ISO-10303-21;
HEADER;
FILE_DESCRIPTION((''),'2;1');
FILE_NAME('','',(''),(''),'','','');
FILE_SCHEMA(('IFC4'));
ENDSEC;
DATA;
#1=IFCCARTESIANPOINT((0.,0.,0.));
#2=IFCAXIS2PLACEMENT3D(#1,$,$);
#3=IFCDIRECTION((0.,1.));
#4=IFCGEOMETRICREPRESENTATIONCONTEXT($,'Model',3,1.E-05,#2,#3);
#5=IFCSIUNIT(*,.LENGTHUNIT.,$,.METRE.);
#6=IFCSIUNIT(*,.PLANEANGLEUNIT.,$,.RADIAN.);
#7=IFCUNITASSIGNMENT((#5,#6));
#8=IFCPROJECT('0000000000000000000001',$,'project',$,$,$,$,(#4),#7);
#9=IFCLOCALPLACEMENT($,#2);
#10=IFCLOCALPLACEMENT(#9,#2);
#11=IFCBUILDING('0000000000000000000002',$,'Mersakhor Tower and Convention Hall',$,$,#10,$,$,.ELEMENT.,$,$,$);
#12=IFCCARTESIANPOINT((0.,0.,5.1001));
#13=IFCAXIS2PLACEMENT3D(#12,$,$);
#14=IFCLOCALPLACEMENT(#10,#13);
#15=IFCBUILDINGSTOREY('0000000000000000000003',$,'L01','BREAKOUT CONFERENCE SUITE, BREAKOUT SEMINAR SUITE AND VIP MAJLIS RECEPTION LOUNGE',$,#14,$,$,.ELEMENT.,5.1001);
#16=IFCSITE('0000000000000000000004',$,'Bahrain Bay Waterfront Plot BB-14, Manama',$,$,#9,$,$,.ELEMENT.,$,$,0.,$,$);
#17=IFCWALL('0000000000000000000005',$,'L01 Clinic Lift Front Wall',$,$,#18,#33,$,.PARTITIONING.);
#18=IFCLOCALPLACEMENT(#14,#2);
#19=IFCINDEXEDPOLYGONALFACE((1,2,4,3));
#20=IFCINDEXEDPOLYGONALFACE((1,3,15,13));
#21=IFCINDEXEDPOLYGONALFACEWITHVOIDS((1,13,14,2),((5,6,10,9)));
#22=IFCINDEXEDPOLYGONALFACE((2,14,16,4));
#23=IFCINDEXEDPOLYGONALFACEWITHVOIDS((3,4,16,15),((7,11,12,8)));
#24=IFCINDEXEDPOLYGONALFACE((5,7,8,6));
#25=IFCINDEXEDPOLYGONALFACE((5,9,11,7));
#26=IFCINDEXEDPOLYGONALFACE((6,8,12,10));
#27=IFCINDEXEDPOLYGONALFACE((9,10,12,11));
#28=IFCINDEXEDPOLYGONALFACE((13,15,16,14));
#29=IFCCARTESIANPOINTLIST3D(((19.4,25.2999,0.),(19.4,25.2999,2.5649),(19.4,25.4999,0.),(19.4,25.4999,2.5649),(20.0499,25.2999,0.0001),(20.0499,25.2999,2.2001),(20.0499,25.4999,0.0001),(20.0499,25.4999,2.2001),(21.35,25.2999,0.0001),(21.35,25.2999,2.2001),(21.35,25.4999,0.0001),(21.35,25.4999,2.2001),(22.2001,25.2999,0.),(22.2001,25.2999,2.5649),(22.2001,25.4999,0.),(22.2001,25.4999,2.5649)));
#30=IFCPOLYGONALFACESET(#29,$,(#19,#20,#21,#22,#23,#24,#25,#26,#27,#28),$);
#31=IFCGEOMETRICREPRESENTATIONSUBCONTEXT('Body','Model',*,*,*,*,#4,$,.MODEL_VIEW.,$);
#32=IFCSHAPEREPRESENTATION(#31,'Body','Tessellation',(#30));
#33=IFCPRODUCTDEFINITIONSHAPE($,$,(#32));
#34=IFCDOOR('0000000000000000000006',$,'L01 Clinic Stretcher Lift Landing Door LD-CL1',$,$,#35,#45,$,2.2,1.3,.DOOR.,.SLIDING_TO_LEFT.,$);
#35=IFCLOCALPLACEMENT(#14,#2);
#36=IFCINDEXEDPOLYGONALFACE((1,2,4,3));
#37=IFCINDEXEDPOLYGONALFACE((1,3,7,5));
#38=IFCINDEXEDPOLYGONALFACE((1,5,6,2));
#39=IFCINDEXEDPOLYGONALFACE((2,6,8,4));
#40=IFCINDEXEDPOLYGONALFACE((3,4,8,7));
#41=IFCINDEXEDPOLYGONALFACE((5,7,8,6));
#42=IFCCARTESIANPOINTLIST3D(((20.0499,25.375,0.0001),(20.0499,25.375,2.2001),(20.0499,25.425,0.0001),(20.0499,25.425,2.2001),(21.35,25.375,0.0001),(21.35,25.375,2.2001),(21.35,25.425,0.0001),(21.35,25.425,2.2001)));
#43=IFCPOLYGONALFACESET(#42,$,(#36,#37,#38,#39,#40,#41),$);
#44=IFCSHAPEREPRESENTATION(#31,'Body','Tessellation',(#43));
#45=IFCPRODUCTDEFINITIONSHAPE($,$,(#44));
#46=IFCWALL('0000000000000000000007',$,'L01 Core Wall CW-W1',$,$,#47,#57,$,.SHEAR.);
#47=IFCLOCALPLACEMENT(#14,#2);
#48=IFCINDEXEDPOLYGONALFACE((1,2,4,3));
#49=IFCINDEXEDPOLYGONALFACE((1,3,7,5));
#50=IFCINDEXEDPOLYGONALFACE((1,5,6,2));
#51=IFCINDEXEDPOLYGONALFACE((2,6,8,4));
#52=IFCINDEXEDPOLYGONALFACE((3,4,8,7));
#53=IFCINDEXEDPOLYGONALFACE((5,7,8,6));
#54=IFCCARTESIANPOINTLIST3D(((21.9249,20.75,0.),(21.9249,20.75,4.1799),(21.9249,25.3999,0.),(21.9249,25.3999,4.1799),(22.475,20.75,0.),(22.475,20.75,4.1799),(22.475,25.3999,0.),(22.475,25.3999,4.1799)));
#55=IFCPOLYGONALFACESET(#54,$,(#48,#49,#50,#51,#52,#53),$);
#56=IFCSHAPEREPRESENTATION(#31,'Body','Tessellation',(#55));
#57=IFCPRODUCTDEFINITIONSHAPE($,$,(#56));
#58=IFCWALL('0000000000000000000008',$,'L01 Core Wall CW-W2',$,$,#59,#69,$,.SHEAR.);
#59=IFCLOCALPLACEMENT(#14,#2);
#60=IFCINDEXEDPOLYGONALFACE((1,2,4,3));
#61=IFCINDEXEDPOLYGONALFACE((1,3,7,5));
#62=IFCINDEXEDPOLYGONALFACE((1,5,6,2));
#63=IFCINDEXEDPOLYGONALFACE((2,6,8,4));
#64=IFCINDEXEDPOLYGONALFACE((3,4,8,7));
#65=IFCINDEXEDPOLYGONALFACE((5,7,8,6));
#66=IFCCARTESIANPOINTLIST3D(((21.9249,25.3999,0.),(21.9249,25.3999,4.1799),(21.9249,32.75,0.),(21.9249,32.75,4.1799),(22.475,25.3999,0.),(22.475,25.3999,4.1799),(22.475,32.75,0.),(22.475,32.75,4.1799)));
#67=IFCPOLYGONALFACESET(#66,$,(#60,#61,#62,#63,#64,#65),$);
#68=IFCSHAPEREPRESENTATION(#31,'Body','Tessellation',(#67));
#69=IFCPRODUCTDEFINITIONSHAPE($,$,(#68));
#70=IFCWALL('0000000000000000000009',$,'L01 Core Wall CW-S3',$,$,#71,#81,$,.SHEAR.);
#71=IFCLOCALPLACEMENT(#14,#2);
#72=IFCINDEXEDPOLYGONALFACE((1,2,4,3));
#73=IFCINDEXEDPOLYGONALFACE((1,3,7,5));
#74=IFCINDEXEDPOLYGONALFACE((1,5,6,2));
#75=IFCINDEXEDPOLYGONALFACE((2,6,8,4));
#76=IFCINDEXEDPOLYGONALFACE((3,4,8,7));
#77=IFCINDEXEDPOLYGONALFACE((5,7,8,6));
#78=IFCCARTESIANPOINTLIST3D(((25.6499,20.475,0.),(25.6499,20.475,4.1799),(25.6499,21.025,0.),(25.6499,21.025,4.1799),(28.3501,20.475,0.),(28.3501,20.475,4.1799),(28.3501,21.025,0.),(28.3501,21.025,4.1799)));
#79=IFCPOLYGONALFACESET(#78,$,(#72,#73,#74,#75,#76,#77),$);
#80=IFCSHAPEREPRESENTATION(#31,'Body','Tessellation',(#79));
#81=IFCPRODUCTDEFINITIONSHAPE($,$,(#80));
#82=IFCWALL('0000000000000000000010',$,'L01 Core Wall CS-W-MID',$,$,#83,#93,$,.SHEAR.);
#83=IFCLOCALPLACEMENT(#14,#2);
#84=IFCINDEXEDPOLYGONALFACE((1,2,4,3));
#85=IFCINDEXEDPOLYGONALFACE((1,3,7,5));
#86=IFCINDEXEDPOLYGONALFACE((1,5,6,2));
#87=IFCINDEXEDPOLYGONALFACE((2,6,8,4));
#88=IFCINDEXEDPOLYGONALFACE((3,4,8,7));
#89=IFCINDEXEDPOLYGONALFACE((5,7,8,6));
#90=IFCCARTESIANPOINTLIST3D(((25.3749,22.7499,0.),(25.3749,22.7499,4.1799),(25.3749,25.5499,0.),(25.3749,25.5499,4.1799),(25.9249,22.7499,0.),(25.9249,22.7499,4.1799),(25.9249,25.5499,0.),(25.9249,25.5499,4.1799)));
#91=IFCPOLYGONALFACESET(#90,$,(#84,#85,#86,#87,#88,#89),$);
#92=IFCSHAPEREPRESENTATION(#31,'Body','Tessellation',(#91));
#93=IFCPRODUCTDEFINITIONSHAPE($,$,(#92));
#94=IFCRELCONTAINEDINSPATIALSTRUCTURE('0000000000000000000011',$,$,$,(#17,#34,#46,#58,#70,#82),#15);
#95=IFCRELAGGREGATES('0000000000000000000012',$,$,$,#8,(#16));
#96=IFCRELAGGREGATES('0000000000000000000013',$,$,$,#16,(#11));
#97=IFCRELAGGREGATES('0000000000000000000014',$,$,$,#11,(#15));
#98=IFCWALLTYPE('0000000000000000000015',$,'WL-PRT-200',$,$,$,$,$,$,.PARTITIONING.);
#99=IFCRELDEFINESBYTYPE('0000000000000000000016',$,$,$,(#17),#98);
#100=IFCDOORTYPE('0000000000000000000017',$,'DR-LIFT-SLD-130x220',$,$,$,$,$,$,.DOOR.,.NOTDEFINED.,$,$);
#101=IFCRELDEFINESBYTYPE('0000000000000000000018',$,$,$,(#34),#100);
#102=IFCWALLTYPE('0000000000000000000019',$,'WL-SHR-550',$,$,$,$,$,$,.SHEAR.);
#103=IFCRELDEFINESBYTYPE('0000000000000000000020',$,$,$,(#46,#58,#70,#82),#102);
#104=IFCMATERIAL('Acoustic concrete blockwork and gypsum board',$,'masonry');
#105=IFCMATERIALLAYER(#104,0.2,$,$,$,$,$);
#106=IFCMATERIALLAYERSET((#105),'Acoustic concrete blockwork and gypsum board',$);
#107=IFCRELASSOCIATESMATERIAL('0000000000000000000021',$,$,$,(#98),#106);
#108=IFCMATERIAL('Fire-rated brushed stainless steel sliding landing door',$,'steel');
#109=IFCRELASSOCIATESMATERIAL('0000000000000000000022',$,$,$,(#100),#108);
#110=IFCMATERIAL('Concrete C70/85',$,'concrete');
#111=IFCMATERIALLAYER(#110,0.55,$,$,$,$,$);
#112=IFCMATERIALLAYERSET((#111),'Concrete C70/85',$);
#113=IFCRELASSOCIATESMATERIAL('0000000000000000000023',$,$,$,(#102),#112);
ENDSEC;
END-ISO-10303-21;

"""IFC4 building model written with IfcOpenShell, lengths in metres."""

from ifc_helpers import new_model, si_unit, direction, frame, frame_2d, origin, place, context, subcontext, project, spatial, rectangle, extrude, material, layer, layer_set, type_object, element, fill, save


model = new_model("IFC4")

# Units and contexts
model_context = context("Model", 3, precision=1e-05, world=origin(), true_north=direction((0.0, 1.0)))
body_context = subcontext(model_context, "Body", "Model", "MODEL_VIEW")
ifc_project = project(units=[si_unit("LENGTHUNIT", "METRE"), si_unit("PLANEANGLEUNIT", "RADIAN")], contexts=[model_context])

# Site, building, storey
site_placement = place(None, origin())
site = spatial("IfcSite", under=ifc_project, at=site_placement, Name="Bahrain Bay Waterfront Plot BB-14, Manama", CompositionType="ELEMENT", RefElevation=0.0)
building_placement = place(site_placement, origin())
building = spatial("IfcBuilding", under=site, at=building_placement, Name="Mersakhor Tower and Convention Hall", CompositionType="ELEMENT")
storey_placement = place(building_placement, frame((0.0, 0.0, 5.1001)))
storey = spatial("IfcBuildingStorey", under=building, at=storey_placement, Name="L01", Description="BREAKOUT CONFERENCE SUITE, BREAKOUT SEMINAR SUITE AND VIP MAJLIS RECEPTION LOUNGE", CompositionType="ELEMENT", Elevation=5.1001)

# Wall, opening, door
ifc_material_1 = material(Name="Acoustic concrete blockwork and gypsum board", Category="masonry")
ifc_layer_1 = layer(ifc_material_1, 0.2)
ifc_layer_set_1 = layer_set([ifc_layer_1], Name="Acoustic concrete blockwork and gypsum board")
wall_type_1 = type_object("IfcWallType", Name="WL-PRT-200", PredefinedType="PARTITIONING", material=ifc_layer_set_1)
wall_1_placement = place(storey_placement, frame((22.2, 25.3999, 0.0), z_axis=(0.0, 0.0, 1.0), x_axis=(-1.0, 0.0, 0.0)))
wall_1 = element("IfcWall", 1, at=wall_1_placement, inside=storey, type_object=wall_type_1, Name="L01 Clinic Lift Front Wall", PredefinedType="PARTITIONING", context=body_context, shape_type="SweptSolid", body=[
    extrude(rectangle(XDim=2.8, YDim=0.2, at=frame_2d((1.3999, 0.0))), origin(), (0.0, 0.0, 1.0), 2.5649),
])
opening_1_placement = place(wall_1_placement, frame((0.8501, 0.0, 0.0)))
opening_1 = element("IfcOpeningElement", 2, at=opening_1_placement, cuts=wall_1, PredefinedType="OPENING", context=body_context, shape_type="SweptSolid", body=[
    extrude(rectangle(XDim=1.3, YDim=2.2, at=frame_2d((0.6499, 1.1001))), frame((0.0, 0.1099, 0.0), z_axis=(0.0, -1.0, 0.0), x_axis=(1.0, 0.0, 0.0)), (0.0, 0.0, 1.0), 0.22),
])
ifc_material_2 = material(Name="Fire-rated brushed stainless steel sliding landing door", Category="steel")
door_type_1 = type_object("IfcDoorType", Name="DR-LIFT-SLD-130x220", OperationType="NOTDEFINED", PredefinedType="DOOR", material=ifc_material_2)
door_1_placement = place(opening_1_placement, origin())
door_1 = element("IfcDoor", 3, at=door_1_placement, inside=storey, type_object=door_type_1, Name="L01 Clinic Stretcher Lift Landing Door LD-CL1", OperationType="SLIDING_TO_LEFT", OverallHeight=2.2, OverallWidth=1.3, PredefinedType="DOOR", context=body_context, shape_type="SweptSolid", body=[
    extrude(rectangle(XDim=1.3, YDim=2.2, at=frame_2d((0.6499, 1.1001))), frame((0.0, 0.0249, 0.0), z_axis=(0.0, -1.0, 0.0), x_axis=(1.0, 0.0, 0.0)), (0.0, 0.0, 1.0), 0.05),
])
fill(opening_1, door_1)

# Walls
ifc_material_3 = material(Name="Concrete C70/85", Category="concrete")
ifc_layer_2 = layer(ifc_material_3, 0.55)
ifc_layer_set_2 = layer_set([ifc_layer_2], Name="Concrete C70/85")
wall_type_2 = type_object("IfcWallType", Name="WL-SHR-550", PredefinedType="SHEAR", material=ifc_layer_set_2)
wall_2_placement = place(storey_placement, frame((22.2, 20.75, 0.0), z_axis=(0.0, 0.0, 1.0), x_axis=(0.0, 1.0, 0.0)))
element("IfcWall", 4, at=wall_2_placement, inside=storey, type_object=wall_type_2, Name="L01 Core Wall CW-W1", PredefinedType="SHEAR", context=body_context, shape_type="SweptSolid", body=[
    extrude(rectangle(XDim=4.6499, YDim=0.55, at=frame_2d((2.325, 0.0))), origin(), (0.0, 0.0, 1.0), 4.1799),
])
wall_3_placement = place(storey_placement, frame((22.2, 25.3999, 0.0), z_axis=(0.0, 0.0, 1.0), x_axis=(0.0, 1.0, 0.0)))
element("IfcWall", 5, at=wall_3_placement, inside=storey, type_object=wall_type_2, Name="L01 Core Wall CW-W2", PredefinedType="SHEAR", context=body_context, shape_type="SweptSolid", body=[
    extrude(rectangle(XDim=7.3501, YDim=0.55, at=frame_2d((3.675, 0.0))), origin(), (0.0, 0.0, 1.0), 4.1799),
])
wall_4_placement = place(storey_placement, frame((28.3501, 20.75, 0.0), z_axis=(0.0, 0.0, 1.0), x_axis=(-1.0, 0.0, 0.0)))
element("IfcWall", 6, at=wall_4_placement, inside=storey, type_object=wall_type_2, Name="L01 Core Wall CW-S3", PredefinedType="SHEAR", context=body_context, shape_type="SweptSolid", body=[
    extrude(rectangle(XDim=2.7002, YDim=0.55, at=frame_2d((1.3501, 0.0))), origin(), (0.0, 0.0, 1.0), 4.1799),
])

# Wall
wall_5_placement = place(storey_placement, frame((25.6499, 22.75, 0.0), z_axis=(0.0, 0.0, 1.0), x_axis=(0.0, 1.0, 0.0)))
element("IfcWall", 7, at=wall_5_placement, inside=storey, type_object=wall_type_2, Name="L01 Core Wall CS-W-MID", PredefinedType="SHEAR", context=body_context, shape_type="SweptSolid", body=[
    extrude(rectangle(XDim=2.8, YDim=0.55, at=frame_2d((1.3999, 0.0))), origin(), (0.0, 0.0, 1.0), 4.1799),
])

save(model, "model.ifc")
